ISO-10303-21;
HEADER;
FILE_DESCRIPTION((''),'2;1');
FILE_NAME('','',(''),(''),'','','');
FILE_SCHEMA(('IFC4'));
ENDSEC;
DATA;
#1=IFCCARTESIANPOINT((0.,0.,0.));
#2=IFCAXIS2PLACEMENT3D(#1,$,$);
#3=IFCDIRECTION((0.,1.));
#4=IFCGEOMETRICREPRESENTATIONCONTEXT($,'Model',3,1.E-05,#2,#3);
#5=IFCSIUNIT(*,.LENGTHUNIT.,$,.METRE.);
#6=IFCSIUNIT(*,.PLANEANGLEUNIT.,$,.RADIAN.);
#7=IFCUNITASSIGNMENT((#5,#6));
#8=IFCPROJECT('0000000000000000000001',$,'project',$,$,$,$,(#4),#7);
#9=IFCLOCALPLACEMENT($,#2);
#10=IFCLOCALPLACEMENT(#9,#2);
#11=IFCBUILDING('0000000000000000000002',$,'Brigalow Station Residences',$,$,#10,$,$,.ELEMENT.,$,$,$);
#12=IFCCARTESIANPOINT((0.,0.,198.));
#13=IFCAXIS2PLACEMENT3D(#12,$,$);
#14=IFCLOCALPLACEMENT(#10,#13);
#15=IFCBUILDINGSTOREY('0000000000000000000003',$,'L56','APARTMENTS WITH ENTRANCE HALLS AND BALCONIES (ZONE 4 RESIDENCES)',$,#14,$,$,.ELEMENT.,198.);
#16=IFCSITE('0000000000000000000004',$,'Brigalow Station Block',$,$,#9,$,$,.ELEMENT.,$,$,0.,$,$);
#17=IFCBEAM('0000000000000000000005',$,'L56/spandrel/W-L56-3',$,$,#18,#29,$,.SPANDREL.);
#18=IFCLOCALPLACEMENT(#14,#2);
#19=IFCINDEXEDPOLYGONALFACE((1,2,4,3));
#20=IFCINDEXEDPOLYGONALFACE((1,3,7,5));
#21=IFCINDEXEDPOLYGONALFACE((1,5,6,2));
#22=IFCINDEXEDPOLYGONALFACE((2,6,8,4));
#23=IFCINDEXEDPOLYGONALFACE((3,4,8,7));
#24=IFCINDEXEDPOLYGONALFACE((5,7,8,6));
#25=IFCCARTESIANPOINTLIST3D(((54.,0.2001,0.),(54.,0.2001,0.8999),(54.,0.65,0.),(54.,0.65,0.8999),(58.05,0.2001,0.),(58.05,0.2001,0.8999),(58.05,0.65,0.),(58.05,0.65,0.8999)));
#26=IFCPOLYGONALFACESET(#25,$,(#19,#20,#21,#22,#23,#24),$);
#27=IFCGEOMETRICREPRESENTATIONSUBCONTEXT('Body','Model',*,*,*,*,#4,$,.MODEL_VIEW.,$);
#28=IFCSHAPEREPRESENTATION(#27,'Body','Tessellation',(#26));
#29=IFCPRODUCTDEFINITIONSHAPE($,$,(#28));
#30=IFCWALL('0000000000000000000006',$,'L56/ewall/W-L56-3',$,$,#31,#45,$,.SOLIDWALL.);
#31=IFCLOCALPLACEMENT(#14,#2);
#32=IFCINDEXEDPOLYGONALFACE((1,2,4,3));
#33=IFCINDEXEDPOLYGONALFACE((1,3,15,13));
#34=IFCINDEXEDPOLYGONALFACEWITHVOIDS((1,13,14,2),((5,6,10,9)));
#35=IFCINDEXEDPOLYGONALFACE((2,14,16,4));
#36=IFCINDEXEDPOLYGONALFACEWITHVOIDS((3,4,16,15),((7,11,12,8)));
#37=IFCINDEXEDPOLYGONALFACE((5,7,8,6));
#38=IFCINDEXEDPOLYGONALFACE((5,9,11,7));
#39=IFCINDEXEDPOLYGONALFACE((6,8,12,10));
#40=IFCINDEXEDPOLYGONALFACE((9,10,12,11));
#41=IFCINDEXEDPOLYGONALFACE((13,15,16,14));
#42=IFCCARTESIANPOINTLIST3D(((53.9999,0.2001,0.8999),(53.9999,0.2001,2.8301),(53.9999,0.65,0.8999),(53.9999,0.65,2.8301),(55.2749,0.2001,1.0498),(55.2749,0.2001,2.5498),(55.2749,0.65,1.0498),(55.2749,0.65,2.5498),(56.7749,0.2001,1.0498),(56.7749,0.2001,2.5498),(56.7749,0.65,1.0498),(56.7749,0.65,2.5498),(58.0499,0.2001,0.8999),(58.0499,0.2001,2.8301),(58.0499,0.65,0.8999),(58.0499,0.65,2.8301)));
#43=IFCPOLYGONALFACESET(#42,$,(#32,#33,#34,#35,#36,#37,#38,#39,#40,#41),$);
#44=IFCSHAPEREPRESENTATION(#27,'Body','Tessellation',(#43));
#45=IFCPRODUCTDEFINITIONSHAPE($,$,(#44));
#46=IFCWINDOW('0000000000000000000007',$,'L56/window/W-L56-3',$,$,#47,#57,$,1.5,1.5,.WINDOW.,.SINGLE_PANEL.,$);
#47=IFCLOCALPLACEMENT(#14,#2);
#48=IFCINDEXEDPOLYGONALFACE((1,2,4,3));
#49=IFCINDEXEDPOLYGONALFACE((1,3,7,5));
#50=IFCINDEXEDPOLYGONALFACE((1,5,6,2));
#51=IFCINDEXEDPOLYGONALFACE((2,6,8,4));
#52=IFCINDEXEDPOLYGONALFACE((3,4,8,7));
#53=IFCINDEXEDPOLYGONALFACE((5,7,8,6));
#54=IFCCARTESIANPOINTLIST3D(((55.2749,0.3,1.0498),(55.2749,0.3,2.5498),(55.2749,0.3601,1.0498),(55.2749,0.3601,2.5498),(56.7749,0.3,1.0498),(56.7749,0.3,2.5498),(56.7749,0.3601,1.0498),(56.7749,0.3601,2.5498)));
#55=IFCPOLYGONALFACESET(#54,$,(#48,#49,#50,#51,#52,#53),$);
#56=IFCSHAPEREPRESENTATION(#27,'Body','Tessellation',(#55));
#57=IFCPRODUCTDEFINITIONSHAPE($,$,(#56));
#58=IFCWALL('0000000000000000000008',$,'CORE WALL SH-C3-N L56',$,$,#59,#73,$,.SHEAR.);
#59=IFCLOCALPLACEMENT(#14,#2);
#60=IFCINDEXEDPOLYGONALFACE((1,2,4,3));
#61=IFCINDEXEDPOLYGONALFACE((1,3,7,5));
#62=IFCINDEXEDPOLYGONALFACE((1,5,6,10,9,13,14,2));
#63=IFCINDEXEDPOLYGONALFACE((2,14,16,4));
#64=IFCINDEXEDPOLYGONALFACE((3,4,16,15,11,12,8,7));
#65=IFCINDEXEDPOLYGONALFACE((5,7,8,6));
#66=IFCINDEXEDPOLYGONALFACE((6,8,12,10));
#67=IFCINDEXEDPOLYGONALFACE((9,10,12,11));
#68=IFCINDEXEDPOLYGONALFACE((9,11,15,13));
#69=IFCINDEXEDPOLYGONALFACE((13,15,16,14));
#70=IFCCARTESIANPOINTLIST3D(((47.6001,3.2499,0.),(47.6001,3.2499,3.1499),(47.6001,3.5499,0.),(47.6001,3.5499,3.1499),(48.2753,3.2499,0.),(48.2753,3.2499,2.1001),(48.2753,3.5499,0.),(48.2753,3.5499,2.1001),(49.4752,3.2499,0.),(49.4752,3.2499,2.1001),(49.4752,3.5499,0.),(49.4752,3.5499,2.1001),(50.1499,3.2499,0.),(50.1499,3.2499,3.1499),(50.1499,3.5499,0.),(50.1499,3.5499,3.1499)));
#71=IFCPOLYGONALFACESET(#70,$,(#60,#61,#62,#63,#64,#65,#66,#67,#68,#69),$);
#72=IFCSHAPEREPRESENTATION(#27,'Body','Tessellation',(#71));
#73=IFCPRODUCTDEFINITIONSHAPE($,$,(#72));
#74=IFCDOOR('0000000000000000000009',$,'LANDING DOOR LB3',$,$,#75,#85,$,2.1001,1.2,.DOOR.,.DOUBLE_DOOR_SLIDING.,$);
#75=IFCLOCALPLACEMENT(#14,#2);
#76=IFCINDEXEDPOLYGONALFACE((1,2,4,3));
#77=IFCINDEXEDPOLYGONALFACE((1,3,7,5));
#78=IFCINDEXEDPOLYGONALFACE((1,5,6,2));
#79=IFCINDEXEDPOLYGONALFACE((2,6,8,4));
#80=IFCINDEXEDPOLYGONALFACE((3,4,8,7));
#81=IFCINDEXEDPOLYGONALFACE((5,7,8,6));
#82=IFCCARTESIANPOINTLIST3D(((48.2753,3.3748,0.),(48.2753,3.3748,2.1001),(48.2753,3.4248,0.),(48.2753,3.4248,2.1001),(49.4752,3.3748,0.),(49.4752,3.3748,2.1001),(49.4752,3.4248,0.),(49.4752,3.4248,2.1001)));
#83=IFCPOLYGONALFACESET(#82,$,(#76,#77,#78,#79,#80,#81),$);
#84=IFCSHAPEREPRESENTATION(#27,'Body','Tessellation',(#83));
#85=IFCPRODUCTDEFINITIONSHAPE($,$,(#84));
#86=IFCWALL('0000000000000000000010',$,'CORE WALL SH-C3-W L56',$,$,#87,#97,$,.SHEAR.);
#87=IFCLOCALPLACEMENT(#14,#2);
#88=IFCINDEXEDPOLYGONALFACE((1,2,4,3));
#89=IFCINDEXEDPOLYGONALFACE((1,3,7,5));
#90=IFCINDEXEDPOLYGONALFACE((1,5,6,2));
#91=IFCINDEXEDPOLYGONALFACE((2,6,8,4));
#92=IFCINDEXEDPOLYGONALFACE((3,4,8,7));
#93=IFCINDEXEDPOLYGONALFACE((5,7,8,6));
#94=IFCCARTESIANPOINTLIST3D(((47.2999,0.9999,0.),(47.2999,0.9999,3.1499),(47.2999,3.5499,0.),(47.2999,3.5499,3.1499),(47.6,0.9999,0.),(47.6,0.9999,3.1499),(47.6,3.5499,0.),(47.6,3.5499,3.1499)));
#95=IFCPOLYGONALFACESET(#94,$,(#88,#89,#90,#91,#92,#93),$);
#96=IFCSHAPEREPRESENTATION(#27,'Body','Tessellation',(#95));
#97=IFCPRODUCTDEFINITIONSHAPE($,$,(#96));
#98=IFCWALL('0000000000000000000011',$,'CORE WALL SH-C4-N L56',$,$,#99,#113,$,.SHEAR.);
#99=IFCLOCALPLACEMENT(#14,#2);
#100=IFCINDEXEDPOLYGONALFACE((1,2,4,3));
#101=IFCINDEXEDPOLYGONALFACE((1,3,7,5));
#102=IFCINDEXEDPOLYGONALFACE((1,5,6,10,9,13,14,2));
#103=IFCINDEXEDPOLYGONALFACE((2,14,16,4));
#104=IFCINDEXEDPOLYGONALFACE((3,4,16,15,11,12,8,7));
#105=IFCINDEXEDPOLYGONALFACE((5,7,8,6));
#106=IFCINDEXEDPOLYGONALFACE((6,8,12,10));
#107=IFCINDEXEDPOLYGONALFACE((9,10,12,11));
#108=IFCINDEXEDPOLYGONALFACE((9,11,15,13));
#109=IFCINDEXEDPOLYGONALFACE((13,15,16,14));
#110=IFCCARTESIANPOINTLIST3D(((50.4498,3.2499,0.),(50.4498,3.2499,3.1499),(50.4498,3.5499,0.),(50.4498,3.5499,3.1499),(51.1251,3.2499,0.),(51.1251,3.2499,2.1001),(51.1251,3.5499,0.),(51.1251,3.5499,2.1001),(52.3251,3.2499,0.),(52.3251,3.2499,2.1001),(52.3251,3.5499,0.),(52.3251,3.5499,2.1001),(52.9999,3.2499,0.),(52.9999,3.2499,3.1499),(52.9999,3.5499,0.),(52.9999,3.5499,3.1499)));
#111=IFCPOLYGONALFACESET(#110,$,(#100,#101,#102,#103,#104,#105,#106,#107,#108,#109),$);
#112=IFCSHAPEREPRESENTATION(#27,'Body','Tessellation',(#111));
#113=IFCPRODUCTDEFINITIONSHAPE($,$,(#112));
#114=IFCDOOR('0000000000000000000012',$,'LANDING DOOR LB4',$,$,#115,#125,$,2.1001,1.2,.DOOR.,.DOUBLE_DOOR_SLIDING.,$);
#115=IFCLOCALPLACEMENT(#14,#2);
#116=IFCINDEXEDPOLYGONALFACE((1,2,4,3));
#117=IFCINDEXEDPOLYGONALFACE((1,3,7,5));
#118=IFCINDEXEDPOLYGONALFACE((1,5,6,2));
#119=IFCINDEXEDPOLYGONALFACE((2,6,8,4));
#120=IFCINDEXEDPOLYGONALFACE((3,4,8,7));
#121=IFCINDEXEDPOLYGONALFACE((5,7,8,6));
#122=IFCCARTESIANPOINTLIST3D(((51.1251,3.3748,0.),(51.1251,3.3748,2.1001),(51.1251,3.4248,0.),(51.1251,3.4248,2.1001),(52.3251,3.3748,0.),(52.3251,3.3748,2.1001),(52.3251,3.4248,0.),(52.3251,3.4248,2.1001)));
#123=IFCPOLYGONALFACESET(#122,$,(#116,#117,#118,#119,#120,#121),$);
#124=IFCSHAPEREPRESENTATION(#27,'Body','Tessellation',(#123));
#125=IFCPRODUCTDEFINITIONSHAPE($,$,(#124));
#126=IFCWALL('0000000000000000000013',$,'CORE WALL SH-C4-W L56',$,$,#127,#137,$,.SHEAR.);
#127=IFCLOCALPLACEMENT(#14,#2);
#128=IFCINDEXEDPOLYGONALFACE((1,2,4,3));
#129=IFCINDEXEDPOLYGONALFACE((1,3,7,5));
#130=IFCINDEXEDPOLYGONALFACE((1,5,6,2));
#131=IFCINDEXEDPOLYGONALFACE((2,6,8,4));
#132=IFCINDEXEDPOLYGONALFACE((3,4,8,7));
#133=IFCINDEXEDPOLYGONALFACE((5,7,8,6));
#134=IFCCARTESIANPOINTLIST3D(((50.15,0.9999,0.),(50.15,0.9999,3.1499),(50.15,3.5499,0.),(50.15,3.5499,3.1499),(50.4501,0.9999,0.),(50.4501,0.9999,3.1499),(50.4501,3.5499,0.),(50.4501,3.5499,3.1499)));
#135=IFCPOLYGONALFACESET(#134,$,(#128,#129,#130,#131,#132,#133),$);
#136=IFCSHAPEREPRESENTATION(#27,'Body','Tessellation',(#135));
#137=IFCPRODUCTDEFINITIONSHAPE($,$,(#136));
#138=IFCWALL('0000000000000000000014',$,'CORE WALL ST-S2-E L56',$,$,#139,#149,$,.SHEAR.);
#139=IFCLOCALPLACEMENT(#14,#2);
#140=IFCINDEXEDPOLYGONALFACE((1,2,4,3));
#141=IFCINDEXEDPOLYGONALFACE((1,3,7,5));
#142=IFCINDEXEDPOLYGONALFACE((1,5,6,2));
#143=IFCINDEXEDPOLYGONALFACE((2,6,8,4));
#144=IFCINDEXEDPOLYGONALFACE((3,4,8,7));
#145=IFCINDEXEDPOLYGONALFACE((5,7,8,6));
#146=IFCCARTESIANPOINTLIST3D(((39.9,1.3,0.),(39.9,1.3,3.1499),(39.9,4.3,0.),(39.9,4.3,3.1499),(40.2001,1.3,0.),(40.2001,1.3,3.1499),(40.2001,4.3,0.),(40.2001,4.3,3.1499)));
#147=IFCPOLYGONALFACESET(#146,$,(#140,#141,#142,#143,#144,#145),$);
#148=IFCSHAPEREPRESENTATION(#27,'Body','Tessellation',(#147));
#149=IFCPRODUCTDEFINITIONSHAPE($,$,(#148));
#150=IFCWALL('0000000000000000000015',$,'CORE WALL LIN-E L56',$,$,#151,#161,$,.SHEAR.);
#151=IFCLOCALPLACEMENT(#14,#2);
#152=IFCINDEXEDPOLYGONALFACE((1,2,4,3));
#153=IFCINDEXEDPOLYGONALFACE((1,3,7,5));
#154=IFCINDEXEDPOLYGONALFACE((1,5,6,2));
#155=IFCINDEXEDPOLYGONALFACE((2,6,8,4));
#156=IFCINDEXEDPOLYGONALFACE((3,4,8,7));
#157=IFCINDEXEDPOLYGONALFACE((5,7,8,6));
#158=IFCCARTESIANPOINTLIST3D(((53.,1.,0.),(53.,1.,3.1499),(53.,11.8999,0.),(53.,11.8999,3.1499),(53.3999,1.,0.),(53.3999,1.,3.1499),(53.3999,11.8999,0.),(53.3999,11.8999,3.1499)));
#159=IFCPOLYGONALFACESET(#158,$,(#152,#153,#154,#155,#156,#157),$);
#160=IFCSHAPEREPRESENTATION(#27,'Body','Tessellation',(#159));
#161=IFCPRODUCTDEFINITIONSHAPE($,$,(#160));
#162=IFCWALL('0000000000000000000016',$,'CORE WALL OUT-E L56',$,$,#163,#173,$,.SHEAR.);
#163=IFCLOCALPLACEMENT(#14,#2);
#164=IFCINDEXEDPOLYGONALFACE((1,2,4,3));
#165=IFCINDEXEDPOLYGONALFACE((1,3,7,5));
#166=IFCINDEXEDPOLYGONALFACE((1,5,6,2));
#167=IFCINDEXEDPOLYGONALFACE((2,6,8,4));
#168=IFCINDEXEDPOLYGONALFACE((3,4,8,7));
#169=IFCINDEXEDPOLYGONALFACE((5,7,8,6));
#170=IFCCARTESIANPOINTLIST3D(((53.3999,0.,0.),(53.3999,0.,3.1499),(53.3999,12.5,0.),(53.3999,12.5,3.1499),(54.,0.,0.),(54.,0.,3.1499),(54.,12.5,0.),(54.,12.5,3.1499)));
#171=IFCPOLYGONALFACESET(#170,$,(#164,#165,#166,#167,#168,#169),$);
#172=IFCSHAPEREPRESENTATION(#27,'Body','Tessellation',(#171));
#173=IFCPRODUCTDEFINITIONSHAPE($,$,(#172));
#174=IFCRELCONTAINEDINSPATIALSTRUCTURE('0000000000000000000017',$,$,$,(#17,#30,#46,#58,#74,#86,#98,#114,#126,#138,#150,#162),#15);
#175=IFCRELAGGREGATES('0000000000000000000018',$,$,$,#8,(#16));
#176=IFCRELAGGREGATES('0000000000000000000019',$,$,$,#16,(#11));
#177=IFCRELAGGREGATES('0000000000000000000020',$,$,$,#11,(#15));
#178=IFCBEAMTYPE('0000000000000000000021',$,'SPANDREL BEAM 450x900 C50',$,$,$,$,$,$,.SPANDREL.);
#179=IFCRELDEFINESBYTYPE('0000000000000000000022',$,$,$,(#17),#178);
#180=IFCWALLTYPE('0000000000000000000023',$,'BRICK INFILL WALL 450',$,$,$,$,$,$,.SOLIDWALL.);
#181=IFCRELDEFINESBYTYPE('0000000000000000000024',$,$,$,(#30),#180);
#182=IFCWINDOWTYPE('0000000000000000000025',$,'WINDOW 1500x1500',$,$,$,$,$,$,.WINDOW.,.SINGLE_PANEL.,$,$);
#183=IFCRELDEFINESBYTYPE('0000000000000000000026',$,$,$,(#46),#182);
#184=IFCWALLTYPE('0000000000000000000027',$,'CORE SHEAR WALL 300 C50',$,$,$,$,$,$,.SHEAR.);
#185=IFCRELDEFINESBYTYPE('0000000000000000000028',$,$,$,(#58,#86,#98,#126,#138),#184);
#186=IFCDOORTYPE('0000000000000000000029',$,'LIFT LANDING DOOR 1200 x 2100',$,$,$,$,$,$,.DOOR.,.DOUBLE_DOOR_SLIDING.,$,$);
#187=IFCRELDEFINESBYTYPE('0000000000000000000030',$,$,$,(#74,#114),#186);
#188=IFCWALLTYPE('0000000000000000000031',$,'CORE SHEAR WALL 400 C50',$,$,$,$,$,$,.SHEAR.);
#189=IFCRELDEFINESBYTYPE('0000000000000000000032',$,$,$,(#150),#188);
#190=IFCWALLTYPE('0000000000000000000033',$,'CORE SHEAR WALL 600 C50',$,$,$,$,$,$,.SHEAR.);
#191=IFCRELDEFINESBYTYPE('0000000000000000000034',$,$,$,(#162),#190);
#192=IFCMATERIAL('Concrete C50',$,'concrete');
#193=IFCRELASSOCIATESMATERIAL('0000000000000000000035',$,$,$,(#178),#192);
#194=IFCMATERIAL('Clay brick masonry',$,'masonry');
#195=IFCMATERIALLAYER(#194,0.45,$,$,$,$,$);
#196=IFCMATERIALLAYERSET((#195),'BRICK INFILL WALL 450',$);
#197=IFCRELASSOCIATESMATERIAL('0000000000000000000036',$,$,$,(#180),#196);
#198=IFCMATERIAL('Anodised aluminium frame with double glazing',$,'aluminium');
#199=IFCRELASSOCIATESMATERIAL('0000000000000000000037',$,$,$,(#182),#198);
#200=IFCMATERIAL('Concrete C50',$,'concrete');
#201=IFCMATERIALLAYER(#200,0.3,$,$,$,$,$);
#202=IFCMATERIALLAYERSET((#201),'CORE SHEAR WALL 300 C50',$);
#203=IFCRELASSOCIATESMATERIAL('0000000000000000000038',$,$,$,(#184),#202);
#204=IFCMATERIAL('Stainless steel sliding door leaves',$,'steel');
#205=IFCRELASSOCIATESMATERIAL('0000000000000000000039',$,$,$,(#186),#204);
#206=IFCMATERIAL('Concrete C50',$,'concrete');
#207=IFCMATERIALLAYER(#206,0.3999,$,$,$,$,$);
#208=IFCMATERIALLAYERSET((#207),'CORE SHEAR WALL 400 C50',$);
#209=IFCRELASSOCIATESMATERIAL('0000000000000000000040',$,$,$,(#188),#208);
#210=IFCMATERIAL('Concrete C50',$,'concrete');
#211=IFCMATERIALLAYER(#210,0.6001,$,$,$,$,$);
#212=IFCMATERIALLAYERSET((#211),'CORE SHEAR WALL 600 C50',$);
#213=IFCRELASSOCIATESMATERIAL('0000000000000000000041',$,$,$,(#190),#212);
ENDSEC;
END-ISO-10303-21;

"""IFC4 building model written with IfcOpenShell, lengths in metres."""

from ifc_helpers import new_model, si_unit, direction, frame, frame_2d, origin, origin_2d, place, context, subcontext, project, spatial, rectangle, extrude, material, layer, layer_set, material_profile, profile_set, type_object, element, fill, save


model = new_model("IFC4")

# Units and contexts
model_context = context("Model", 3, precision=1e-05, world=origin(), true_north=direction((0.0, 1.0)))
body_context = subcontext(model_context, "Body", "Model", "MODEL_VIEW")
ifc_project = project(units=[si_unit("LENGTHUNIT", "METRE"), si_unit("PLANEANGLEUNIT", "RADIAN")], contexts=[model_context])

# Site, building, storey
site_placement = place(None, origin())
site = spatial("IfcSite", under=ifc_project, at=site_placement, Name="Brigalow Station Block", CompositionType="ELEMENT", RefElevation=0.0)
building_placement = place(site_placement, origin())
building = spatial("IfcBuilding", under=site, at=building_placement, Name="Brigalow Station Residences", CompositionType="ELEMENT")
storey_placement = place(building_placement, frame((0.0, 0.0, 198.0)))
storey = spatial("IfcBuildingStorey", under=building, at=storey_placement, Name="L56", Description="APARTMENTS WITH ENTRANCE HALLS AND BALCONIES (ZONE 4 RESIDENCES)", CompositionType="ELEMENT", Elevation=198.0)

# Beam
ifc_material_1 = material(Name="Concrete C50", Category="concrete")
ifc_material_profile = material_profile(ifc_material_1, rectangle(XDim=0.45, YDim=0.8999, at=origin_2d()), Name="RC450x900")
ifc_profile_set = profile_set([ifc_material_profile], Name="Concrete C50")
beam_type = type_object("IfcBeamType", Name="SPANDREL BEAM 450x900 C50", PredefinedType="SPANDREL", material=ifc_profile_set)
beam_placement = place(storey_placement, frame((54.0, 0.425, 0.45), z_axis=(1.0, 0.0, 0.0), x_axis=(0.0, 1.0, 0.0)))
element("IfcBeam", 1, at=beam_placement, inside=storey, type_object=beam_type, Name="L56/spandrel/W-L56-3", PredefinedType="SPANDREL", context=body_context, shape_type="SweptSolid", body=[
    extrude(rectangle(XDim=0.45, YDim=0.8999, at=origin_2d()), origin(), (0.0, 0.0, 1.0), 4.05),
])

# Wall, opening, window
ifc_material_2 = material(Name="Clay brick masonry", Category="masonry")
ifc_layer_1 = layer(ifc_material_2, 0.45)
ifc_layer_set_1 = layer_set([ifc_layer_1], Name="BRICK INFILL WALL 450")
wall_type_1 = type_object("IfcWallType", Name="BRICK INFILL WALL 450", PredefinedType="SOLIDWALL", material=ifc_layer_set_1)
wall_1_placement = place(storey_placement, frame((54.0, 0.425, 0.8999), z_axis=(0.0, 0.0, 1.0), x_axis=(1.0, 0.0, 0.0)))
wall_1 = element("IfcWall", 2, at=wall_1_placement, inside=storey, type_object=wall_type_1, Name="L56/ewall/W-L56-3", PredefinedType="SOLIDWALL", context=body_context, shape_type="SweptSolid", body=[
    extrude(rectangle(XDim=4.05, YDim=0.45, at=frame_2d((2.0249, 0.0))), origin(), (0.0, 0.0, 1.0), 1.9302),
])
opening_1_placement = place(wall_1_placement, frame((1.2749, 0.0, 0.1499)))
opening_1 = element("IfcOpeningElement", 3, at=opening_1_placement, cuts=wall_1, PredefinedType="OPENING", context=body_context, shape_type="SweptSolid", body=[
    extrude(rectangle(XDim=1.5, YDim=1.5, at=frame_2d((0.75, 0.75))), frame((0.0, 0.2349, 0.0), z_axis=(0.0, -1.0, 0.0), x_axis=(1.0, 0.0, 0.0)), (0.0, 0.0, 1.0), 0.47),
])
ifc_material_3 = material(Name="Anodised aluminium frame with double glazing", Category="aluminium")
window_type = type_object("IfcWindowType", Name="WINDOW 1500x1500", PartitioningType="SINGLE_PANEL", PredefinedType="WINDOW", material=ifc_material_3)
window_placement = place(opening_1_placement, origin())
window = element("IfcWindow", 4, at=window_placement, inside=storey, type_object=window_type, Name="L56/window/W-L56-3", OverallHeight=1.5, OverallWidth=1.5, PartitioningType="SINGLE_PANEL", PredefinedType="WINDOW", context=body_context, shape_type="SweptSolid", body=[
    extrude(rectangle(XDim=1.5, YDim=1.5, at=frame_2d((0.75, 0.75))), frame((0.0, -0.0649, 0.0), z_axis=(0.0, -1.0, 0.0), x_axis=(1.0, 0.0, 0.0)), (0.0, 0.0, 1.0), 0.0601),
])
fill(opening_1, window)

# Wall, opening, door
ifc_material_4 = material(Name="Concrete C50", Category="concrete")
ifc_layer_2 = layer(ifc_material_4, 0.3)
ifc_layer_set_2 = layer_set([ifc_layer_2], Name="CORE SHEAR WALL 300 C50")
wall_type_2 = type_object("IfcWallType", Name="CORE SHEAR WALL 300 C50", PredefinedType="SHEAR", material=ifc_layer_set_2)
wall_2_placement = place(storey_placement, frame((47.6001, 3.3999, 0.0), z_axis=(0.0, 0.0, 1.0), x_axis=(1.0, 0.0, 0.0)))
wall_2 = element("IfcWall", 5, at=wall_2_placement, inside=storey, type_object=wall_type_2, Name="CORE WALL SH-C3-N L56", PredefinedType="SHEAR", context=body_context, shape_type="SweptSolid", body=[
    extrude(rectangle(XDim=2.5498, YDim=0.3, at=frame_2d((1.2749, 0.0))), origin(), (0.0, 0.0, 1.0), 3.1499),
])
opening_2_placement = place(wall_2_placement, frame((0.675, 0.0, 0.0)))
opening_2 = element("IfcOpeningElement", 6, at=opening_2_placement, cuts=wall_2, PredefinedType="OPENING", context=body_context, shape_type="SweptSolid", body=[
    extrude(rectangle(XDim=1.2, YDim=2.1001, at=frame_2d((0.6001, 1.05))), frame((0.0, 0.1602, 0.0), z_axis=(0.0, -1.0, 0.0), x_axis=(1.0, 0.0, 0.0)), (0.0, 0.0, 1.0), 0.3201),
])
ifc_material_5 = material(Name="Stainless steel sliding door leaves", Category="steel")
door_type = type_object("IfcDoorType", Name="LIFT LANDING DOOR 1200 x 2100", OperationType="DOUBLE_DOOR_SLIDING", PredefinedType="DOOR", material=ifc_material_5)
door_1_placement = place(opening_2_placement, origin())
door_1 = element("IfcDoor", 7, at=door_1_placement, inside=storey, type_object=door_type, Name="LANDING DOOR LB3", OperationType="DOUBLE_DOOR_SLIDING", OverallHeight=2.1001, OverallWidth=1.2, PredefinedType="DOOR", context=body_context, shape_type="SweptSolid", body=[
    extrude(rectangle(XDim=1.2, YDim=2.1001, at=frame_2d((0.6001, 1.05))), frame((0.0, 0.0249, 0.0), z_axis=(0.0, -1.0, 0.0), x_axis=(1.0, 0.0, 0.0)), (0.0, 0.0, 1.0), 0.05),
])
fill(opening_2, door_1)

# Wall
wall_3_placement = place(storey_placement, frame((47.45, 1.0, 0.0), z_axis=(0.0, 0.0, 1.0), x_axis=(0.0, 1.0, 0.0)))
element("IfcWall", 8, at=wall_3_placement, inside=storey, type_object=wall_type_2, Name="CORE WALL SH-C3-W L56", PredefinedType="SHEAR", context=body_context, shape_type="SweptSolid", body=[
    extrude(rectangle(XDim=2.55, YDim=0.3, at=frame_2d((1.2749, 0.0))), origin(), (0.0, 0.0, 1.0), 3.1499),
])

# Wall, opening, door
wall_4_placement = place(storey_placement, frame((50.45, 3.3999, 0.0), z_axis=(0.0, 0.0, 1.0), x_axis=(1.0, 0.0, 0.0)))
wall_4 = element("IfcWall", 9, at=wall_4_placement, inside=storey, type_object=wall_type_2, Name="CORE WALL SH-C4-N L56", PredefinedType="SHEAR", context=body_context, shape_type="SweptSolid", body=[
    extrude(rectangle(XDim=2.55, YDim=0.3, at=frame_2d((1.2749, 0.0))), origin(), (0.0, 0.0, 1.0), 3.1499),
])
opening_3_placement = place(wall_4_placement, frame((0.675, 0.0, 0.0)))
opening_3 = element("IfcOpeningElement", 10, at=opening_3_placement, cuts=wall_4, PredefinedType="OPENING", context=body_context, shape_type="SweptSolid", body=[
    extrude(rectangle(XDim=1.2, YDim=2.1001, at=frame_2d((0.6001, 1.05))), frame((0.0, 0.1602, 0.0), z_axis=(0.0, -1.0, 0.0), x_axis=(1.0, 0.0, 0.0)), (0.0, 0.0, 1.0), 0.3201),
])
door_2_placement = place(opening_3_placement, origin())
door_2 = element("IfcDoor", 11, at=door_2_placement, inside=storey, type_object=door_type, Name="LANDING DOOR LB4", OperationType="DOUBLE_DOOR_SLIDING", OverallHeight=2.1001, OverallWidth=1.2, PredefinedType="DOOR", context=body_context, shape_type="SweptSolid", body=[
    extrude(rectangle(XDim=1.2, YDim=2.1001, at=frame_2d((0.6001, 1.05))), frame((0.0, 0.0249, 0.0), z_axis=(0.0, -1.0, 0.0), x_axis=(1.0, 0.0, 0.0)), (0.0, 0.0, 1.0), 0.05),
])
fill(opening_3, door_2)

# Walls
wall_5_placement = place(storey_placement, frame((50.3, 1.0, 0.0), z_axis=(0.0, 0.0, 1.0), x_axis=(0.0, 1.0, 0.0)))
element("IfcWall", 12, at=wall_5_placement, inside=storey, type_object=wall_type_2, Name="CORE WALL SH-C4-W L56", PredefinedType="SHEAR", context=body_context, shape_type="SweptSolid", body=[
    extrude(rectangle(XDim=2.55, YDim=0.3, at=frame_2d((1.2749, 0.0))), origin(), (0.0, 0.0, 1.0), 3.1499),
])
wall_6_placement = place(storey_placement, frame((40.05, 1.3, 0.0), z_axis=(0.0, 0.0, 1.0), x_axis=(0.0, 1.0, 0.0)))
element("IfcWall", 13, at=wall_6_placement, inside=storey, type_object=wall_type_2, Name="CORE WALL ST-S2-E L56", PredefinedType="SHEAR", context=body_context, shape_type="SweptSolid", body=[
    extrude(rectangle(XDim=3.0, YDim=0.3, at=frame_2d((1.5, 0.0))), origin(), (0.0, 0.0, 1.0), 3.1499),
])
ifc_material_6 = material(Name="Concrete C50", Category="concrete")
ifc_layer_3 = layer(ifc_material_6, 0.3999)
ifc_layer_set_3 = layer_set([ifc_layer_3], Name="CORE SHEAR WALL 400 C50")
wall_type_3 = type_object("IfcWallType", Name="CORE SHEAR WALL 400 C50", PredefinedType="SHEAR", material=ifc_layer_set_3)
wall_7_placement = place(storey_placement, frame((53.2, 1.0, 0.0), z_axis=(0.0, 0.0, 1.0), x_axis=(0.0, 1.0, 0.0)))
element("IfcWall", 14, at=wall_7_placement, inside=storey, type_object=wall_type_3, Name="CORE WALL LIN-E L56", PredefinedType="SHEAR", context=body_context, shape_type="SweptSolid", body=[
    extrude(rectangle(XDim=10.8999, YDim=0.3999, at=frame_2d((5.45, 0.0))), origin(), (0.0, 0.0, 1.0), 3.1499),
])
ifc_material_7 = material(Name="Concrete C50", Category="concrete")
ifc_layer_4 = layer(ifc_material_7, 0.6001)
ifc_layer_set_4 = layer_set([ifc_layer_4], Name="CORE SHEAR WALL 600 C50")
wall_type_4 = type_object("IfcWallType", Name="CORE SHEAR WALL 600 C50", PredefinedType="SHEAR", material=ifc_layer_set_4)
wall_8_placement = place(storey_placement, frame((53.7, 0.0, 0.0), z_axis=(0.0, 0.0, 1.0), x_axis=(0.0, 1.0, 0.0)))
element("IfcWall", 15, at=wall_8_placement, inside=storey, type_object=wall_type_4, Name="CORE WALL OUT-E L56", PredefinedType="SHEAR", context=body_context, shape_type="SweptSolid", body=[
    extrude(rectangle(XDim=12.5, YDim=0.6001, at=frame_2d((6.25, 0.0))), origin(), (0.0, 0.0, 1.0), 3.1499),
])

save(model, "model.ifc")
